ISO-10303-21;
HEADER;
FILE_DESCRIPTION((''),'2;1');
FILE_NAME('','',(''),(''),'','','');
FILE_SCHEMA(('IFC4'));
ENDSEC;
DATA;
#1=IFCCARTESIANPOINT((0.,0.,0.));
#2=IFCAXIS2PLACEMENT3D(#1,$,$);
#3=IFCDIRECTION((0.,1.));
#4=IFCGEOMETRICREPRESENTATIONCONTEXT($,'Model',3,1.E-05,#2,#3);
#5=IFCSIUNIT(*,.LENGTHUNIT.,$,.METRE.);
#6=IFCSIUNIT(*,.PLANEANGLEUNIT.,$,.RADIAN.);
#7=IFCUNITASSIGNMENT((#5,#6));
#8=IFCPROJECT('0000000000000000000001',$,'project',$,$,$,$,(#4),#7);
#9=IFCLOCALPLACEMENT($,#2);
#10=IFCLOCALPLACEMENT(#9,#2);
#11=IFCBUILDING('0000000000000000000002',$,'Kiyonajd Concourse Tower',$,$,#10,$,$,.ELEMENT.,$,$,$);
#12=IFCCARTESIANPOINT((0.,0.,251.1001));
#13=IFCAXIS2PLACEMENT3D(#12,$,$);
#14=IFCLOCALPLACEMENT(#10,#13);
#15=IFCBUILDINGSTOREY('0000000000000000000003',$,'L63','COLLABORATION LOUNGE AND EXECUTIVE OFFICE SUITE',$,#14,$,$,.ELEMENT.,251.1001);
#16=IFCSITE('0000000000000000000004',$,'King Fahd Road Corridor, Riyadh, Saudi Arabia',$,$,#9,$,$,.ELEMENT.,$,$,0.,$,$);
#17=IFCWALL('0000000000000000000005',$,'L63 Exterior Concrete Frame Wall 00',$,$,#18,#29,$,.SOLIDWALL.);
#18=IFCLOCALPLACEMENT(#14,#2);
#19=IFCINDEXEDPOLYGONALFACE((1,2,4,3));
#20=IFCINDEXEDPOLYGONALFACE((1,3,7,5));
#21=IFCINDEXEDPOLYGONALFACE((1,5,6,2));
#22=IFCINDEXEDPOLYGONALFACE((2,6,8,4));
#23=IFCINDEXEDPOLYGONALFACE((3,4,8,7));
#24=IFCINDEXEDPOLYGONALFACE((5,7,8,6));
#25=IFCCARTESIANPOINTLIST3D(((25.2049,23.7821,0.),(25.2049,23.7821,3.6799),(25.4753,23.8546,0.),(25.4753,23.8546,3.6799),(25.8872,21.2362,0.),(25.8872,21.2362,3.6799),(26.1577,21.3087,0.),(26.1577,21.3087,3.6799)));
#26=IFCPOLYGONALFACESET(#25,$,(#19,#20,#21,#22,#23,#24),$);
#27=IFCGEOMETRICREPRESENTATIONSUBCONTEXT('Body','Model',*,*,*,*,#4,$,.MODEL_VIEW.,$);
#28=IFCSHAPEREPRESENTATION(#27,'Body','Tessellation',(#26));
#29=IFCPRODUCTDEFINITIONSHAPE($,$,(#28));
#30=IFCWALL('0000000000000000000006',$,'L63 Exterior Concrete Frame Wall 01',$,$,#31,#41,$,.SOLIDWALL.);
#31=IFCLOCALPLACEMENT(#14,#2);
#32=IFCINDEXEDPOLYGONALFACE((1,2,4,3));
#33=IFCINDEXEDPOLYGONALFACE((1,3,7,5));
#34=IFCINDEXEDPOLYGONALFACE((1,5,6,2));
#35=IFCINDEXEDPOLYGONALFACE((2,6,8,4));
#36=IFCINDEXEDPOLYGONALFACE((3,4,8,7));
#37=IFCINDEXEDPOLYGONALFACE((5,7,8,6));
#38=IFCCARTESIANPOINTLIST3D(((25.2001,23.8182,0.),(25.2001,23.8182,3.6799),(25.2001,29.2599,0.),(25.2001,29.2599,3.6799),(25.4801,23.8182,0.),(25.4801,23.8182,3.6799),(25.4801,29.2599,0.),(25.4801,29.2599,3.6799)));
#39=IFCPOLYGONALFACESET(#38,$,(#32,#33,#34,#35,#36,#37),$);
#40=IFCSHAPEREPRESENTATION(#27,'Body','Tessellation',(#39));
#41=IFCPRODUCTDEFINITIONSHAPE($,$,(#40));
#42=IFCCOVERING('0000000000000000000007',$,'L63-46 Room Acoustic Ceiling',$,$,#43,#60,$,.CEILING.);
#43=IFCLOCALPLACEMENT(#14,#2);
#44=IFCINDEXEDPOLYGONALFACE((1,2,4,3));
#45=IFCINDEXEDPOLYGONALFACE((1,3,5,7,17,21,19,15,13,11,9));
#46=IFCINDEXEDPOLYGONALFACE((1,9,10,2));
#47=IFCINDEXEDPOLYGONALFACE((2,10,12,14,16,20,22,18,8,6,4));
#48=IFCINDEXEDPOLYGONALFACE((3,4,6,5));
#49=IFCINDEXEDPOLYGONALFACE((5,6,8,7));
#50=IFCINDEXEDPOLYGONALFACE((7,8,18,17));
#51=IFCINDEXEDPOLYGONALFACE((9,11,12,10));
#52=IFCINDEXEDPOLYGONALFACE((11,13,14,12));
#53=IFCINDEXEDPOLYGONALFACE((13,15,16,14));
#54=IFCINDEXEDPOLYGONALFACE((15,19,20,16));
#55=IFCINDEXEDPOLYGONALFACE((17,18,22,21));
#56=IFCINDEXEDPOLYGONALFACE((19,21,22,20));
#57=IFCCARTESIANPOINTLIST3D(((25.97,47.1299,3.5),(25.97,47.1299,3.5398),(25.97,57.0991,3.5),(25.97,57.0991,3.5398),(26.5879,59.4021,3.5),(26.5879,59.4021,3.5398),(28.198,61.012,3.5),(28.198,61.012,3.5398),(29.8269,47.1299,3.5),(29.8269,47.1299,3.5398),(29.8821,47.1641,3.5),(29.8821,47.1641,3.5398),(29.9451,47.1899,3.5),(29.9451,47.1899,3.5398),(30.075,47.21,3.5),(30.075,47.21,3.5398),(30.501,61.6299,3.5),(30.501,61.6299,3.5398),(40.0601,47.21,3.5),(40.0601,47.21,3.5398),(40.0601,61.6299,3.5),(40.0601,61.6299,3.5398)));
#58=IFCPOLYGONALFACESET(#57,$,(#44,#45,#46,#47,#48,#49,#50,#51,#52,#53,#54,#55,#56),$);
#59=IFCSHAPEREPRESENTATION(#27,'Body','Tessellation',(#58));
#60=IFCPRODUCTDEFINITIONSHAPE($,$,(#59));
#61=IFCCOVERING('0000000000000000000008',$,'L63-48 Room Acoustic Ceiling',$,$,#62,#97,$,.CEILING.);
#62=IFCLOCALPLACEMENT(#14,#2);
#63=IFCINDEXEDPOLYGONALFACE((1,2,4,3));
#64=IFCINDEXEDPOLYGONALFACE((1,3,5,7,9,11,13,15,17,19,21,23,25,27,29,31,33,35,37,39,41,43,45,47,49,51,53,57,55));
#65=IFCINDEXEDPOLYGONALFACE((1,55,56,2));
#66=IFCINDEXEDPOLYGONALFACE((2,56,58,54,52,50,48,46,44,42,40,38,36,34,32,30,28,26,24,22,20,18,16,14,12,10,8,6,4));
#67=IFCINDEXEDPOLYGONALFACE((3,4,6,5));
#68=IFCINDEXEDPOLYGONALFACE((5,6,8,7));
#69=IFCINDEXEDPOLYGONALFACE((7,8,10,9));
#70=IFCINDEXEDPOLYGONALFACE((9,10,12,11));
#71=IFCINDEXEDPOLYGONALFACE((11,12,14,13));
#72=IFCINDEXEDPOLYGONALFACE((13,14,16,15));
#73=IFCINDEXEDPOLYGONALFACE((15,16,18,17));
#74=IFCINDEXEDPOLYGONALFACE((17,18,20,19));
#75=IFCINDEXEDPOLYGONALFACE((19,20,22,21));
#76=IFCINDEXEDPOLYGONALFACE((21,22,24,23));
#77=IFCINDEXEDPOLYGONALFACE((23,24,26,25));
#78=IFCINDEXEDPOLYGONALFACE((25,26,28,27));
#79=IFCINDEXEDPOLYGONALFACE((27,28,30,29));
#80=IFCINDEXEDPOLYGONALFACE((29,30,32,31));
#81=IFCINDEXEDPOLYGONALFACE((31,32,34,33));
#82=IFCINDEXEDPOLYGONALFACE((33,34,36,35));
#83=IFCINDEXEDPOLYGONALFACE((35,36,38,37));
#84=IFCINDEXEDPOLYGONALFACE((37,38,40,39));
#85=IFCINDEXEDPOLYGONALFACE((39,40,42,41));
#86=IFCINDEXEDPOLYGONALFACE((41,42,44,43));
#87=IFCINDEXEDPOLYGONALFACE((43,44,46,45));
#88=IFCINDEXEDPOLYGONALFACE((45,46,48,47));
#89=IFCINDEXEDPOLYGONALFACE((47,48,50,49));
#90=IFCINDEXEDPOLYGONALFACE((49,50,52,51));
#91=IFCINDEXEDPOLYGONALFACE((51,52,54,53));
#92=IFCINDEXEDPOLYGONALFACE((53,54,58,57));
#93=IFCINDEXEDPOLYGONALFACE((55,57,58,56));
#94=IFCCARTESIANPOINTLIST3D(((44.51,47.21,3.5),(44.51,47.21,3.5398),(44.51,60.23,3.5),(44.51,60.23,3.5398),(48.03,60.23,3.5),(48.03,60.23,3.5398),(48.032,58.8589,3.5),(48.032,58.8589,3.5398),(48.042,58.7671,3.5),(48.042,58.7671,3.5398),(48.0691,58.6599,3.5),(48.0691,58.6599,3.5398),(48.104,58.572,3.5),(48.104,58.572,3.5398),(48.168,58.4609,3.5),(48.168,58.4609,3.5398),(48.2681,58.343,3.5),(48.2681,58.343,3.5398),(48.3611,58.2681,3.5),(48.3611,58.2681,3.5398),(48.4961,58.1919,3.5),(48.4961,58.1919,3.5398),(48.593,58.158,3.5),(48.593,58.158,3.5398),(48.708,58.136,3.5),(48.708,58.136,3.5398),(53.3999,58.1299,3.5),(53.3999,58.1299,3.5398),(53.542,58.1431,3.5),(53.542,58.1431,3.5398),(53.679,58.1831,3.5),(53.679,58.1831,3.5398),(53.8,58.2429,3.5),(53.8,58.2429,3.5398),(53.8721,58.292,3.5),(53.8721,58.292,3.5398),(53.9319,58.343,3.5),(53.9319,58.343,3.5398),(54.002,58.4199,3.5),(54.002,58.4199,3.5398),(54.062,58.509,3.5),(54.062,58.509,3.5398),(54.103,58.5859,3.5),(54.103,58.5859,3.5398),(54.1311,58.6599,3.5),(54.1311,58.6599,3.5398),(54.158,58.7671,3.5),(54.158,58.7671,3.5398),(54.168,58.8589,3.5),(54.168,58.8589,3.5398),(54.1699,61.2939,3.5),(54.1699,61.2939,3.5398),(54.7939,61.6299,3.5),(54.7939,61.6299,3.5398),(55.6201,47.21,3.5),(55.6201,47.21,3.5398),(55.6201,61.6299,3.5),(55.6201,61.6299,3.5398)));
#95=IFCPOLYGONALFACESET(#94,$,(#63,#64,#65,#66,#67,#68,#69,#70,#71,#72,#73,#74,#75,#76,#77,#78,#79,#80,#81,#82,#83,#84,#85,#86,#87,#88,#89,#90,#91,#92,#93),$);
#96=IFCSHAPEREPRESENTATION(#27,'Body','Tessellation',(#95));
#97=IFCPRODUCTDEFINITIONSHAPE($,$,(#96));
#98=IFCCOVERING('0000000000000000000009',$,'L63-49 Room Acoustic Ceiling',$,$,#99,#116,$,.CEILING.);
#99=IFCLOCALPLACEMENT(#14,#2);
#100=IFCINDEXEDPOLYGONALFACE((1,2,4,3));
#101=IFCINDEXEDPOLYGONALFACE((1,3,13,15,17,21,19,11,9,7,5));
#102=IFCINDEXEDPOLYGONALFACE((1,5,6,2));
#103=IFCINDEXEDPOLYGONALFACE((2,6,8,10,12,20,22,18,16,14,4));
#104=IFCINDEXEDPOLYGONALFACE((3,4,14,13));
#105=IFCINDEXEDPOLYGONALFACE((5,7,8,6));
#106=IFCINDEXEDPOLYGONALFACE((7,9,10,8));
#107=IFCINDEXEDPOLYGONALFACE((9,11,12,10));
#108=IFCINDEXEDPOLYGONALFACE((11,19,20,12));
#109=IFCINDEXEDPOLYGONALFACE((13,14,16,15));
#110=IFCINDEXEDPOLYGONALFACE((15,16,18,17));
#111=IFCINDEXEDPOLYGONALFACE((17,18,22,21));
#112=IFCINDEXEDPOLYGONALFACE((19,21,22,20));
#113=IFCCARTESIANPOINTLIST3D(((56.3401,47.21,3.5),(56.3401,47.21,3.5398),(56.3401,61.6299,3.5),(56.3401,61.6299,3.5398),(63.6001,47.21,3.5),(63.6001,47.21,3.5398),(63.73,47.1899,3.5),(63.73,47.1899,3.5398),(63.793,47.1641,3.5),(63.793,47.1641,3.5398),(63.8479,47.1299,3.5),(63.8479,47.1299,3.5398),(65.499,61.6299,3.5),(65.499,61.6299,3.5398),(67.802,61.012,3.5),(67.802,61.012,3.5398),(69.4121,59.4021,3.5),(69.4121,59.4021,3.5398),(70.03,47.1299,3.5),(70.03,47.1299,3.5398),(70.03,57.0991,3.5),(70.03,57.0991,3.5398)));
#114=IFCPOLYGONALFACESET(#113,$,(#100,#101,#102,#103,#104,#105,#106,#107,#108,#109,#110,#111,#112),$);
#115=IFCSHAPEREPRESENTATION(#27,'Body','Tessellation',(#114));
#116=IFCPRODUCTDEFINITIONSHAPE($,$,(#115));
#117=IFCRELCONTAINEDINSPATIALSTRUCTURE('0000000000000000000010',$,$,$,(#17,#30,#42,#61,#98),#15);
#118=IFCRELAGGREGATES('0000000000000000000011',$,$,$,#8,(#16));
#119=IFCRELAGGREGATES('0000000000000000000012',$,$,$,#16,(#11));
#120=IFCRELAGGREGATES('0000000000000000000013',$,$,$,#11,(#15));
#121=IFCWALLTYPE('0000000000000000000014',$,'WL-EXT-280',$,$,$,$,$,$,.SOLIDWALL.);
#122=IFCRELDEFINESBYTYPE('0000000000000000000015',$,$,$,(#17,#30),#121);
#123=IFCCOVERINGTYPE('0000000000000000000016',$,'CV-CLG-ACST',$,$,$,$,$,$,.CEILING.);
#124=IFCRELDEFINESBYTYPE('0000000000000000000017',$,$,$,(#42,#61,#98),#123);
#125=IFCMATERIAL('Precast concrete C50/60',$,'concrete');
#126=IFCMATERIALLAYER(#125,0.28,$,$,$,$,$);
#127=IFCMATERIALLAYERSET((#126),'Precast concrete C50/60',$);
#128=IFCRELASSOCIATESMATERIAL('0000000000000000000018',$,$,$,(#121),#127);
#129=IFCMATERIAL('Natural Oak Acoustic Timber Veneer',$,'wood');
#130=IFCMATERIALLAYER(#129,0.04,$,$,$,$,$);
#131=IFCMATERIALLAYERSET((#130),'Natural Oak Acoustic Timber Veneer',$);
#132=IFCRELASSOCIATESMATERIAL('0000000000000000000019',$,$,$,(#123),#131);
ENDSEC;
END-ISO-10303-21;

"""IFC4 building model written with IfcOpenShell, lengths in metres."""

from ifc_helpers import new_model, si_unit, direction, frame, frame_2d, origin, place, context, subcontext, project, spatial, polyline, rectangle, outline, extrude, material, layer, layer_set, type_object, element, save


model = new_model("IFC4")

# Units and contexts
model_context = context("Model", 3, precision=1e-05, world=origin(), true_north=direction((0.0, 1.0)))
body_context = subcontext(model_context, "Body", "Model", "MODEL_VIEW")
ifc_project = project(units=[si_unit("LENGTHUNIT", "METRE"), si_unit("PLANEANGLEUNIT", "RADIAN")], contexts=[model_context])

# Site, building, storey
site_placement = place(None, origin())
site = spatial("IfcSite", under=ifc_project, at=site_placement, Name="King Fahd Road Corridor, Riyadh, Saudi Arabia", CompositionType="ELEMENT", RefElevation=0.0)
building_placement = place(site_placement, origin())
building = spatial("IfcBuilding", under=site, at=building_placement, Name="Kiyonajd Concourse Tower", CompositionType="ELEMENT")
storey_placement = place(building_placement, frame((0.0, 0.0, 251.1001)))
storey = spatial("IfcBuildingStorey", under=building, at=storey_placement, Name="L63", Description="COLLABORATION LOUNGE AND EXECUTIVE OFFICE SUITE", CompositionType="ELEMENT", Elevation=251.1001)

# Shared definitions
ifc_material_1 = material(Name="Precast concrete C50/60", Category="concrete")

# Walls
ifc_layer_1 = layer(ifc_material_1, 0.28)
ifc_layer_set_1 = layer_set([ifc_layer_1], Name="Precast concrete C50/60")
wall_type = type_object("IfcWallType", Name="WL-EXT-280", PredefinedType="SOLIDWALL", material=ifc_layer_set_1)
wall_1_placement = place(storey_placement, frame((26.0225, 21.2725, 0.0), z_axis=(0.0, 0.0, 1.0), x_axis=(-0.25889, 0.965907, 0.0)))
element("IfcWall", 1, at=wall_1_placement, inside=storey, type_object=wall_type, Name="L63 Exterior Concrete Frame Wall 00", PredefinedType="SOLIDWALL", context=body_context, shape_type="SweptSolid", body=[
    extrude(rectangle(XDim=2.6357, YDim=0.28, at=frame_2d((1.3179, 0.0))), origin(), (0.0, 0.0, 1.0), 3.6799),
])
wall_2_placement = place(storey_placement, frame((25.3401, 23.8184, 0.0), z_axis=(0.0, 0.0, 1.0), x_axis=(0.0, 1.0, 0.0)))
element("IfcWall", 2, at=wall_2_placement, inside=storey, type_object=wall_type, Name="L63 Exterior Concrete Frame Wall 01", PredefinedType="SOLIDWALL", context=body_context, shape_type="SweptSolid", body=[
    extrude(rectangle(XDim=5.4417, YDim=0.28, at=frame_2d((2.7207, 0.0))), origin(), (0.0, 0.0, 1.0), 3.6799),
])

# Coverings
ifc_material_2 = material(Name="Natural Oak Acoustic Timber Veneer", Category="wood")
ifc_layer_2 = layer(ifc_material_2, 0.04)
ifc_layer_set_2 = layer_set([ifc_layer_2], Name="Natural Oak Acoustic Timber Veneer")
covering_type = type_object("IfcCoveringType", Name="CV-CLG-ACST", PredefinedType="CEILING", material=ifc_layer_set_2)
covering_1_placement = place(storey_placement, frame((0.0, 0.0, 3.5)))
element("IfcCovering", 3, at=covering_1_placement, inside=storey, type_object=covering_type, Name="L63-46 Room Acoustic Ceiling", PredefinedType="CEILING", context=body_context, shape_type="SweptSolid", body=[
    extrude(outline(polyline([(28.198, 61.012), (30.501, 61.6299), (40.0601, 61.6299), (40.0601, 47.21), (30.075, 47.21), (29.9451, 47.1899), (29.8821, 47.1641), (29.8269, 47.1299), (25.97, 47.1299), (25.97, 57.0991), (26.5879, 59.4021), (28.198, 61.012)])), origin(), (0.0, 0.0, 1.0), 0.0398),
])
covering_2_placement = place(storey_placement, frame((0.0, 0.0, 3.5)))
element("IfcCovering", 4, at=covering_2_placement, inside=storey, type_object=covering_type, Name="L63-48 Room Acoustic Ceiling", PredefinedType="CEILING", context=body_context, shape_type="SweptSolid", body=[
    extrude(outline(polyline([(48.042, 58.7671), (48.0691, 58.6599), (48.104, 58.572), (48.168, 58.4609), (48.2681, 58.343), (48.3611, 58.2681), (48.4961, 58.1919), (48.593, 58.158), (48.708, 58.136), (53.3999, 58.1299), (53.542, 58.1431), (53.679, 58.1831), (53.8, 58.2429), (53.8721, 58.292), (53.9319, 58.343), (54.002, 58.4199), (54.062, 58.509), (54.103, 58.5859), (54.1311, 58.6599), (54.158, 58.7671), (54.168, 58.8589), (54.1699, 61.2939), (54.7939, 61.6299), (55.6201, 61.6299), (55.6201, 47.21), (44.51, 47.21), (44.51, 60.23), (48.03, 60.23), (48.032, 58.8589), (48.042, 58.7671)])), origin(), (0.0, 0.0, 1.0), 0.0398),
])
covering_3_placement = place(storey_placement, frame((0.0, 0.0, 3.5)))
element("IfcCovering", 5, at=covering_3_placement, inside=storey, type_object=covering_type, Name="L63-49 Room Acoustic Ceiling", PredefinedType="CEILING", context=body_context, shape_type="SweptSolid", body=[
    extrude(outline(polyline([(63.8479, 47.1299), (63.793, 47.1641), (63.73, 47.1899), (63.6001, 47.21), (56.3401, 47.21), (56.3401, 61.6299), (65.499, 61.6299), (67.802, 61.012), (69.4121, 59.4021), (70.03, 57.0991), (70.03, 47.1299), (63.8479, 47.1299)])), origin(), (0.0, 0.0, 1.0), 0.0398),
])

save(model, "model.ifc")
